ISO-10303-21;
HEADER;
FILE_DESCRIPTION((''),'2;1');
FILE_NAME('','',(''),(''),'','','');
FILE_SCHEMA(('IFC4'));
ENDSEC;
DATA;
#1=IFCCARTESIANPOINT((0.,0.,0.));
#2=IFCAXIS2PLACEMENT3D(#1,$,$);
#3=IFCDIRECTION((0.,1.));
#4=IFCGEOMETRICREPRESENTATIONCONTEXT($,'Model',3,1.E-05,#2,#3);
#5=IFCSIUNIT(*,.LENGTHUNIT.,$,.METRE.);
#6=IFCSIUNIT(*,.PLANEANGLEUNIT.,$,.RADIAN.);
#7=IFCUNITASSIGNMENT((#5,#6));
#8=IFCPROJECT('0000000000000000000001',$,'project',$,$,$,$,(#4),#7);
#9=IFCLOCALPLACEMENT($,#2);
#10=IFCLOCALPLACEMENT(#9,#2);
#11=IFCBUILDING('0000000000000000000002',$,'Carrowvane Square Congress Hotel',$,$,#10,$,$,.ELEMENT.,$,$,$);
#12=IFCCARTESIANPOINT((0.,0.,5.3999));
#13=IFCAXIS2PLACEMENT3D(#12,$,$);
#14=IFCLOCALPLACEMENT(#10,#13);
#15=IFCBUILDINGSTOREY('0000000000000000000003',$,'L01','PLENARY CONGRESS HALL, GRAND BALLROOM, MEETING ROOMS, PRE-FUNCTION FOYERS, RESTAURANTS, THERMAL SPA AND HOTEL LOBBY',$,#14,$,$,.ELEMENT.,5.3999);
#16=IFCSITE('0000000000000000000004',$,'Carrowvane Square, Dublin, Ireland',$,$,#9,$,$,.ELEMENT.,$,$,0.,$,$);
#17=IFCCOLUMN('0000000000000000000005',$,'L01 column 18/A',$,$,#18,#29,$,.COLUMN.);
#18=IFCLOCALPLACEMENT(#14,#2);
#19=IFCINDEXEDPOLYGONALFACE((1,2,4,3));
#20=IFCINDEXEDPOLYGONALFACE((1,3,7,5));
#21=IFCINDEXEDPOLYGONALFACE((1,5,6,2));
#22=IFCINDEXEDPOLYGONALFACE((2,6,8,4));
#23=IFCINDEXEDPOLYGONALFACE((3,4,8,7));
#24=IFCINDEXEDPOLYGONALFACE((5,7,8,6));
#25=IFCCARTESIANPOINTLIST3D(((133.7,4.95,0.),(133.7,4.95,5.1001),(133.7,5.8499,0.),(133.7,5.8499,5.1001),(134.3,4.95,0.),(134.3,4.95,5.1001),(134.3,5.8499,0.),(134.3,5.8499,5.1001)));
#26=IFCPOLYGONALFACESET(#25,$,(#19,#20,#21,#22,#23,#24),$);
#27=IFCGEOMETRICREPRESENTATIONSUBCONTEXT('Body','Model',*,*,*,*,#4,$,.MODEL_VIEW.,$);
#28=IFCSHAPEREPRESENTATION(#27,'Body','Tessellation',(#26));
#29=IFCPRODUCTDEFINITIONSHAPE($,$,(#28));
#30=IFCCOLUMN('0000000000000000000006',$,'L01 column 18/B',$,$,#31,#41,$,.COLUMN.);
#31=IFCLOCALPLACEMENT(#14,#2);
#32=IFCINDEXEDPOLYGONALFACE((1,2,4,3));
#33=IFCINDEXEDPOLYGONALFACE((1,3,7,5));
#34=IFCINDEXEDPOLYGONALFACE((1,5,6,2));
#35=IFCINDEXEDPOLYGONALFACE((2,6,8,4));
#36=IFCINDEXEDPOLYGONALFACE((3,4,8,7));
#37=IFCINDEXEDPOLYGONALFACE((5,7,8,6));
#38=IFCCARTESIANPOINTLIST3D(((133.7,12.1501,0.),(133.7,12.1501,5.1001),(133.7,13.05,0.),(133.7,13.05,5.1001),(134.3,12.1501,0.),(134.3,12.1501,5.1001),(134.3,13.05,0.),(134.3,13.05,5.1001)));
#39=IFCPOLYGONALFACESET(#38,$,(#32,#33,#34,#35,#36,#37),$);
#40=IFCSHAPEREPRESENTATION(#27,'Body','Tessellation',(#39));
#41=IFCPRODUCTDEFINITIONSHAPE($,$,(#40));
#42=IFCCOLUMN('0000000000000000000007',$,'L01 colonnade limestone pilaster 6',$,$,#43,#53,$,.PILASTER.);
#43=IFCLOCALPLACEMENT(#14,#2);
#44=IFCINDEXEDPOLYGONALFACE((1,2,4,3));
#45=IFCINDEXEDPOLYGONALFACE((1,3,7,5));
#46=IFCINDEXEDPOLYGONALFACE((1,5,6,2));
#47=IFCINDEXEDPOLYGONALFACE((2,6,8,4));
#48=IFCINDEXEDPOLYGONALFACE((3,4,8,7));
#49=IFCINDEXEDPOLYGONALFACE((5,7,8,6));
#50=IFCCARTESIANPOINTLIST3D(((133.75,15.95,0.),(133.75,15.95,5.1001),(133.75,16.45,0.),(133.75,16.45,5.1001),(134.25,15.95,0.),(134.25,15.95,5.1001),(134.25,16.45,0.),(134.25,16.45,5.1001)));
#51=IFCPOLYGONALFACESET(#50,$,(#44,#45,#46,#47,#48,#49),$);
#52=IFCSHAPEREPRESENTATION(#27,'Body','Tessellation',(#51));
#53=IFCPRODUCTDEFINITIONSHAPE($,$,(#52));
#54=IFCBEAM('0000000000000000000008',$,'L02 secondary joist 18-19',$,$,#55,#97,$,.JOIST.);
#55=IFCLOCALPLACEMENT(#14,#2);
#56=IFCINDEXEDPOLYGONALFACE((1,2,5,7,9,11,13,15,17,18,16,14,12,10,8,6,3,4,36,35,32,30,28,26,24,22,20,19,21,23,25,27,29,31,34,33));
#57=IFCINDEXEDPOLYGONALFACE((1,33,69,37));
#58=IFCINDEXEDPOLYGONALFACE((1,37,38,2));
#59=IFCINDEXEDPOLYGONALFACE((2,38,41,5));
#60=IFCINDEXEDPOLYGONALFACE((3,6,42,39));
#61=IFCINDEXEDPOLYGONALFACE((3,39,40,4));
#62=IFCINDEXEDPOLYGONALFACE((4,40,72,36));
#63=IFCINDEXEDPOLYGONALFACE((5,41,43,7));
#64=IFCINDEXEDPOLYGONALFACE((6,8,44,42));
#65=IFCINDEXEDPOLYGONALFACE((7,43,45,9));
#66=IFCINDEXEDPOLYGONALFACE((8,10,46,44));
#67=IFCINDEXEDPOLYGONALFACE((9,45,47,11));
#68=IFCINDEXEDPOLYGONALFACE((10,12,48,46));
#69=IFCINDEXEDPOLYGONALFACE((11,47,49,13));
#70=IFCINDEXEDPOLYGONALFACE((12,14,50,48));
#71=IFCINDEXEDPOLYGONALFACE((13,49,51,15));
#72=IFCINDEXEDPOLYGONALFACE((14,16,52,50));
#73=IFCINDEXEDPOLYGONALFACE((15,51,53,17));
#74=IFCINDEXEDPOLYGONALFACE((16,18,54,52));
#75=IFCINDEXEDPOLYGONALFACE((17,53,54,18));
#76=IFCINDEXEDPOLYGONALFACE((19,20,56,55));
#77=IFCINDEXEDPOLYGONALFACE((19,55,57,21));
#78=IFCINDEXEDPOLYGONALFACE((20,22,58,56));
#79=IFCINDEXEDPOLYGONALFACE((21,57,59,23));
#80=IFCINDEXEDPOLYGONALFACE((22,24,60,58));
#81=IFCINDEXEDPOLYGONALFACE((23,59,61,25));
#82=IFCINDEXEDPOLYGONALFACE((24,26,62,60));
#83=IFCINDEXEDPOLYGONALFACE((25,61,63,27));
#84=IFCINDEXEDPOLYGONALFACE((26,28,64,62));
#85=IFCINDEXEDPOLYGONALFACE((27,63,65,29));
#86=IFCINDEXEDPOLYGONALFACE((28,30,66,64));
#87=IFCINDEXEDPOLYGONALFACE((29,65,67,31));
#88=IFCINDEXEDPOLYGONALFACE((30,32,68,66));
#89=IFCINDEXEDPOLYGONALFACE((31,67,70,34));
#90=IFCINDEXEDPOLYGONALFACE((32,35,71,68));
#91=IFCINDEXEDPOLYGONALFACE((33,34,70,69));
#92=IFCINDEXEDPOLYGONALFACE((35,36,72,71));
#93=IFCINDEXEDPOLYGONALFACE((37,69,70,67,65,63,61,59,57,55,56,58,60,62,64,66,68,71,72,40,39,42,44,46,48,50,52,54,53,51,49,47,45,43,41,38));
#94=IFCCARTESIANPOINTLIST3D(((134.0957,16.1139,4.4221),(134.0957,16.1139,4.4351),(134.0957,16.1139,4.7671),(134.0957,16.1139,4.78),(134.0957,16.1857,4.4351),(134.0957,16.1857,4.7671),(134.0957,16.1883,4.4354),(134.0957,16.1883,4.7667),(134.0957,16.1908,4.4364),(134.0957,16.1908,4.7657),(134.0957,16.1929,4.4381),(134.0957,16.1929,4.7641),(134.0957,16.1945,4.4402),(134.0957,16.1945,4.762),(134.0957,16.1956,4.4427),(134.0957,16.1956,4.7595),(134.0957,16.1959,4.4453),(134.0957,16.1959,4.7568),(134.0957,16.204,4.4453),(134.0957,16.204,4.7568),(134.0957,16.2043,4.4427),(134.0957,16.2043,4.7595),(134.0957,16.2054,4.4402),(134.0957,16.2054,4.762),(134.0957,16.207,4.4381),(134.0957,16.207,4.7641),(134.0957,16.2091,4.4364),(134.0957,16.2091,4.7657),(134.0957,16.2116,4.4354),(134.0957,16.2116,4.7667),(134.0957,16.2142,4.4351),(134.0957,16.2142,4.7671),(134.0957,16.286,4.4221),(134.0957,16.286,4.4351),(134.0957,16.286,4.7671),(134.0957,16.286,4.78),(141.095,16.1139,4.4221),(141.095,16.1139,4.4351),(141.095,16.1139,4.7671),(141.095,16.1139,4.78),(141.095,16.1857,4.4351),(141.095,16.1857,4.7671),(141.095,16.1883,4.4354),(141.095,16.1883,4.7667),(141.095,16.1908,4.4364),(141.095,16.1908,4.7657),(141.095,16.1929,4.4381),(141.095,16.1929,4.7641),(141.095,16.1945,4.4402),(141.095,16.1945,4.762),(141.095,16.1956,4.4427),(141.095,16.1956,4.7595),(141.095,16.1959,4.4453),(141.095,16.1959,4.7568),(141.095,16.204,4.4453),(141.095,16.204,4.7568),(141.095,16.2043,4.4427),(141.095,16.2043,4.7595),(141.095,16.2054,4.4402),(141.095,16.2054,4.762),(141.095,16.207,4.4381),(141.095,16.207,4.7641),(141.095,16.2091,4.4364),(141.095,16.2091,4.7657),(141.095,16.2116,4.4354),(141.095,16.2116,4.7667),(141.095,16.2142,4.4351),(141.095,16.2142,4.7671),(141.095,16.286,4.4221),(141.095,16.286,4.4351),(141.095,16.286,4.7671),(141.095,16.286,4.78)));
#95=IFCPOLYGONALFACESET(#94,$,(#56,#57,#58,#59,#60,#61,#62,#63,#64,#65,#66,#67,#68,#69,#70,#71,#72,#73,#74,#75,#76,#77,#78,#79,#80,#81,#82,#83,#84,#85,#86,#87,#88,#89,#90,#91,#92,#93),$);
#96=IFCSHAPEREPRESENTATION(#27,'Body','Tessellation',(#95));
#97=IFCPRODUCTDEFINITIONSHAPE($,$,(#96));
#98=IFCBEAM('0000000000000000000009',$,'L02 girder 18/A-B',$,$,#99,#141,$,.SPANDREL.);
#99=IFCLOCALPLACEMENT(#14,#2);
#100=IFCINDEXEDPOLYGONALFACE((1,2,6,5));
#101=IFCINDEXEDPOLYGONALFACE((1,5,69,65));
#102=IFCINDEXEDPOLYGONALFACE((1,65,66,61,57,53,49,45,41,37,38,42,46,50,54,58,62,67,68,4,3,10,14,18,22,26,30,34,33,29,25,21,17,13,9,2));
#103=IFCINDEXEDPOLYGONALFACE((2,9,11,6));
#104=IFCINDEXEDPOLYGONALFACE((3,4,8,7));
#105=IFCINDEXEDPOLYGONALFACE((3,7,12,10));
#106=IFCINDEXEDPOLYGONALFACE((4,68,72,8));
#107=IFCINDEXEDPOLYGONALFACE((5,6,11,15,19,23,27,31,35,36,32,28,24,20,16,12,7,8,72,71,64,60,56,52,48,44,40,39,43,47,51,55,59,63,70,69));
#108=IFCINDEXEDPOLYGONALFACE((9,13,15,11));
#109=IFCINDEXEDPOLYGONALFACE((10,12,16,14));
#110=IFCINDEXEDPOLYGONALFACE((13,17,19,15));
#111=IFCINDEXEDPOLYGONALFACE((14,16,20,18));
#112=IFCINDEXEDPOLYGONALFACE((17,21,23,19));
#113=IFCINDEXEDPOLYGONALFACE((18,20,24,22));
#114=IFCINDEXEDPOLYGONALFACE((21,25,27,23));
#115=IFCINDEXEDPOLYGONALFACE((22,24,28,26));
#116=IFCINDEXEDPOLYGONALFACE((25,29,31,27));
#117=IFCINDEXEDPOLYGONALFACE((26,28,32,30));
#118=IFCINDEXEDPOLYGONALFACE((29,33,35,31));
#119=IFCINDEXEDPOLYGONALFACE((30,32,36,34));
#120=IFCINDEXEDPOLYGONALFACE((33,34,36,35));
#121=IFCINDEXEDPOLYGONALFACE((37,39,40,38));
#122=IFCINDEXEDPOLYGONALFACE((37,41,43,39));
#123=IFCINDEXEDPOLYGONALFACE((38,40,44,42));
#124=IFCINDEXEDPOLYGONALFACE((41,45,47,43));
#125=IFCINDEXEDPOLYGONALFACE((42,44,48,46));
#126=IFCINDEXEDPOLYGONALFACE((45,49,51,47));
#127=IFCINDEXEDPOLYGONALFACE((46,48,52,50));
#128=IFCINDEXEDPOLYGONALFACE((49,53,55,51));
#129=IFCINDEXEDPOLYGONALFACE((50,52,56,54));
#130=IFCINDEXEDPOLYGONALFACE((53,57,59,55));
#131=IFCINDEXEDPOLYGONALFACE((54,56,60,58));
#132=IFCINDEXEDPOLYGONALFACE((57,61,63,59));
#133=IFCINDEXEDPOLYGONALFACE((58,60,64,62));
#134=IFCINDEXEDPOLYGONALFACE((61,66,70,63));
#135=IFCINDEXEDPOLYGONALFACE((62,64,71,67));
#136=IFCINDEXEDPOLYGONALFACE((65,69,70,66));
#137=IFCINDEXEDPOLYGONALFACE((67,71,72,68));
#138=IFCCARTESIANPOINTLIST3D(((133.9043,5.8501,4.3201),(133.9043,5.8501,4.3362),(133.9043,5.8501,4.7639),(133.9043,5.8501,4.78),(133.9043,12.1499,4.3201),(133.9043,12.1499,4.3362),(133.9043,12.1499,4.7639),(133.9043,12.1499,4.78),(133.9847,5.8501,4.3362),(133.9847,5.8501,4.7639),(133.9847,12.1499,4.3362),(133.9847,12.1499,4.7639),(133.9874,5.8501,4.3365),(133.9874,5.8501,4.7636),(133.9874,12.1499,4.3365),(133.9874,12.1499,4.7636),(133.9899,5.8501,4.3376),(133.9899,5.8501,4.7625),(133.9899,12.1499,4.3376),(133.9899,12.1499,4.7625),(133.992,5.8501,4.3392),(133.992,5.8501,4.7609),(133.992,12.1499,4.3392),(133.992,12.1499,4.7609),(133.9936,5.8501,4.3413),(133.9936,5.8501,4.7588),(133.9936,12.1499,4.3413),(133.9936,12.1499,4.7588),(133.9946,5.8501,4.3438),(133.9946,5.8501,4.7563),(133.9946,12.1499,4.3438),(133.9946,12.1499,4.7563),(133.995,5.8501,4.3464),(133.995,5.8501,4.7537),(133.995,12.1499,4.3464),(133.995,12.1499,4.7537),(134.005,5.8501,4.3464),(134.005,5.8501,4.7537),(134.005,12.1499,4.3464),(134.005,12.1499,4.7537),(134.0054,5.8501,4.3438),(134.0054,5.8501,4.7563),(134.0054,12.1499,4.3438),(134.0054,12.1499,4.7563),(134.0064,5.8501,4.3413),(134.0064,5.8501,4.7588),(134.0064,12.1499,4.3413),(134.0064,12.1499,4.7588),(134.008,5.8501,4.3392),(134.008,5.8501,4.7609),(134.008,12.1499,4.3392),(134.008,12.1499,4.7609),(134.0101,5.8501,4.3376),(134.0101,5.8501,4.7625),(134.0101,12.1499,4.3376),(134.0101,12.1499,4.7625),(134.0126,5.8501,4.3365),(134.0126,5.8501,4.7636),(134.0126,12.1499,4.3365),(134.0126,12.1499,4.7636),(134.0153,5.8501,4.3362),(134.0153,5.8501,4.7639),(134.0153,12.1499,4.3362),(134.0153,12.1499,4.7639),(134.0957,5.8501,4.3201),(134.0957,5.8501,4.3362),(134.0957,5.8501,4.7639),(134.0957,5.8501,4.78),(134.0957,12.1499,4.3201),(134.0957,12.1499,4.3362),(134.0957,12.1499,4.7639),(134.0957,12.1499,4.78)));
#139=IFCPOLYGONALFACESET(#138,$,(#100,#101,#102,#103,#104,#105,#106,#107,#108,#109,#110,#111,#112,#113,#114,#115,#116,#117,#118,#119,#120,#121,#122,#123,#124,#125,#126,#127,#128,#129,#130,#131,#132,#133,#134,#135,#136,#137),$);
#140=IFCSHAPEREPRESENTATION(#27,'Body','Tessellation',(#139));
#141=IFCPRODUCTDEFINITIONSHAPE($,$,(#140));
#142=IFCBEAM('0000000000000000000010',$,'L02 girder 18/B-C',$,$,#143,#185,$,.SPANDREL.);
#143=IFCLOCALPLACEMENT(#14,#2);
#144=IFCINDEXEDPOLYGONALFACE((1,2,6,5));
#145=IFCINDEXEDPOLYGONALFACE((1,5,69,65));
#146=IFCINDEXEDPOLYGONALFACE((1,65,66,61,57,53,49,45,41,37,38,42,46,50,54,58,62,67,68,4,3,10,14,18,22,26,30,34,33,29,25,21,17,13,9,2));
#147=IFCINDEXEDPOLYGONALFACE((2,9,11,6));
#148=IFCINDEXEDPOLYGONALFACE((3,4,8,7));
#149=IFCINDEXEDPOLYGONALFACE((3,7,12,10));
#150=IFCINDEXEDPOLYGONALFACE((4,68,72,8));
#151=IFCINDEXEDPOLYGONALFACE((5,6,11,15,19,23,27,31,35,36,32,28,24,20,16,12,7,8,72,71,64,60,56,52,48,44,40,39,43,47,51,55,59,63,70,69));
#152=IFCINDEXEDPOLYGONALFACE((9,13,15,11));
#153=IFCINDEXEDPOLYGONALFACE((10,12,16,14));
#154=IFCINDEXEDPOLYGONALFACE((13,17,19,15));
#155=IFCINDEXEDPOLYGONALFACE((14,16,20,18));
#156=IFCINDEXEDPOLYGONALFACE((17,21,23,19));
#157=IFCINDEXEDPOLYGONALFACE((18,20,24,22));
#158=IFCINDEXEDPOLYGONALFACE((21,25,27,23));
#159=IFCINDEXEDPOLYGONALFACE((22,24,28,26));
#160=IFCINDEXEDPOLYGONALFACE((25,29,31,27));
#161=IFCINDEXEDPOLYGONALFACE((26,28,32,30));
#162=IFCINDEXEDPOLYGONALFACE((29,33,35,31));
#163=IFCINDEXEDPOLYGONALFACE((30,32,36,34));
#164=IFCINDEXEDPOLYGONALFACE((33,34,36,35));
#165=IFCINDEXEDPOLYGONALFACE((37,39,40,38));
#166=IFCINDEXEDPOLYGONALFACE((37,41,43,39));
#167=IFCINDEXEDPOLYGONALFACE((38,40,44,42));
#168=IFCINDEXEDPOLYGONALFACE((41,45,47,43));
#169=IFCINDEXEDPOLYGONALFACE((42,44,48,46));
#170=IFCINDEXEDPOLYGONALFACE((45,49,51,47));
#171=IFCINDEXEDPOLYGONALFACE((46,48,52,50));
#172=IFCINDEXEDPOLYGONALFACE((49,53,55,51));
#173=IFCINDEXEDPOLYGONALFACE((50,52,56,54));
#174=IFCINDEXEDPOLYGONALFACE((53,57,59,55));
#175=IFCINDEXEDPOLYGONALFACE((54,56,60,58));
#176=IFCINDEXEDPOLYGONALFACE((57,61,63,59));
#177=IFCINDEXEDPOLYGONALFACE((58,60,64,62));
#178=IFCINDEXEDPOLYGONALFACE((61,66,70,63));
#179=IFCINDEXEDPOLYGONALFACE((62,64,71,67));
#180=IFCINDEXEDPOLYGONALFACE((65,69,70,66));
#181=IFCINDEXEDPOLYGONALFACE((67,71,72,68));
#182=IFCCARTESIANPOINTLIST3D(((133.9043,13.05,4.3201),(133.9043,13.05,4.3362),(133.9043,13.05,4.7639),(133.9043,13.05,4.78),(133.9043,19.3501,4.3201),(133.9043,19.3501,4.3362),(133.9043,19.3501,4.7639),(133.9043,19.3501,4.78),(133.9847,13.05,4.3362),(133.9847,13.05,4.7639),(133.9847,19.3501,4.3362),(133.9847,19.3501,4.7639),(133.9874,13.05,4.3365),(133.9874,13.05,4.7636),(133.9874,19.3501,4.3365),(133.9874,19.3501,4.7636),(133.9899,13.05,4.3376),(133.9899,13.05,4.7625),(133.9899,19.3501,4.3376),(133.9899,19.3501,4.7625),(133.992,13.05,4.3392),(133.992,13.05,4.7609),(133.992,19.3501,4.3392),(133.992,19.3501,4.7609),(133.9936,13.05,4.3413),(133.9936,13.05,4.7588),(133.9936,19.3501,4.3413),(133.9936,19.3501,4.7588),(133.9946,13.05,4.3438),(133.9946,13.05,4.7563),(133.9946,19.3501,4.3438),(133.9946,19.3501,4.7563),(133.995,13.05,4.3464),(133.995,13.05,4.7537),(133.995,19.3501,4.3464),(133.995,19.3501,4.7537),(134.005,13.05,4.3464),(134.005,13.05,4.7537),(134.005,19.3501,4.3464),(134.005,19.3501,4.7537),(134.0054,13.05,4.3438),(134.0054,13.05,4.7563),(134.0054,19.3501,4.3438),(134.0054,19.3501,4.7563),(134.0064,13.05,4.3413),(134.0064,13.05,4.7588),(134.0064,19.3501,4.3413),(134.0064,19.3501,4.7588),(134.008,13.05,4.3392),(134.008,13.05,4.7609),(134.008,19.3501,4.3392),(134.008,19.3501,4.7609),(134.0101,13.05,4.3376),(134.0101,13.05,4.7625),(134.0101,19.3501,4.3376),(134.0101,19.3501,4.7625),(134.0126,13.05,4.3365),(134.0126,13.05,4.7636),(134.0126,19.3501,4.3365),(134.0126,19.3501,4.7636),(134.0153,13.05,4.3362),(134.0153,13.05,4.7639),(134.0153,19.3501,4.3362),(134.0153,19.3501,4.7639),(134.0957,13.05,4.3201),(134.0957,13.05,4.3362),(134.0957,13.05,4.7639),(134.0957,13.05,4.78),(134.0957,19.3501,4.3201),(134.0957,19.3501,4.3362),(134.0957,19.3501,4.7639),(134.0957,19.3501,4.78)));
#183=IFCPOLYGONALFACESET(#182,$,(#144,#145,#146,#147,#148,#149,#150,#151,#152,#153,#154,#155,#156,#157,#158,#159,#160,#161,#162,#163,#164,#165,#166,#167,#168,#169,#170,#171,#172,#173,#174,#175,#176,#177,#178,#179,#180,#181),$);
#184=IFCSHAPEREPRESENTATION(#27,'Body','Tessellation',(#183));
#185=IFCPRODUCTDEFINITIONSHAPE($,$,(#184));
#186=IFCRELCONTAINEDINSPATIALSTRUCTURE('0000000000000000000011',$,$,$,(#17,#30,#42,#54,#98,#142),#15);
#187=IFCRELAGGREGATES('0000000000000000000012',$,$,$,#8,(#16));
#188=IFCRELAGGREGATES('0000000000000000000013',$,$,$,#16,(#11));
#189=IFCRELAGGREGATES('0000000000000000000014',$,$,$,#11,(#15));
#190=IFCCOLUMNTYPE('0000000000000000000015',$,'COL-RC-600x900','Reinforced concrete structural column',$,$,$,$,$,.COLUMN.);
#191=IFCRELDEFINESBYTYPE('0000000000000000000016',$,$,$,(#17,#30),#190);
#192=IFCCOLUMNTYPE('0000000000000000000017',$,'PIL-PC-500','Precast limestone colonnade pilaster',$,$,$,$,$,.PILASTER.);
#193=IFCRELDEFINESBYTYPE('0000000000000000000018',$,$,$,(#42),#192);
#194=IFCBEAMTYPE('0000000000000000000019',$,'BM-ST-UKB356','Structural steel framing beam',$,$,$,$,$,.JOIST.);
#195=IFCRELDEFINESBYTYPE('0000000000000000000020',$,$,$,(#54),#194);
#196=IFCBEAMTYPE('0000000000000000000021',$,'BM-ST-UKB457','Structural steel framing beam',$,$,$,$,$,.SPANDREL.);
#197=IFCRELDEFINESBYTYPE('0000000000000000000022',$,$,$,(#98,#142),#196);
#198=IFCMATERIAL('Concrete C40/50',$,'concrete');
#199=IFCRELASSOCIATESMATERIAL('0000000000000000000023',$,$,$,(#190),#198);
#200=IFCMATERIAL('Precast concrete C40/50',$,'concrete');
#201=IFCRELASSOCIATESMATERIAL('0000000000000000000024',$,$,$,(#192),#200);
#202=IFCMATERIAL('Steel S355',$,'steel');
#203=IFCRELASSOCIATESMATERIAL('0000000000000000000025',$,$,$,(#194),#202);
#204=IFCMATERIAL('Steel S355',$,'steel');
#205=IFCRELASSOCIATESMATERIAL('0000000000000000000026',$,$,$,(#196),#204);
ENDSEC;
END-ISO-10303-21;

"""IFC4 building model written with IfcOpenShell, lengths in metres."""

from ifc_helpers import new_model, si_unit, direction, frame, origin, origin_2d, place, context, subcontext, project, spatial, rectangle, i_section, extrude, material, material_profile, profile_set, type_object, element, save


model = new_model("IFC4")

# Units and contexts
model_context = context("Model", 3, precision=1e-05, world=origin(), true_north=direction((0.0, 1.0)))
body_context = subcontext(model_context, "Body", "Model", "MODEL_VIEW")
ifc_project = project(units=[si_unit("LENGTHUNIT", "METRE"), si_unit("PLANEANGLEUNIT", "RADIAN")], contexts=[model_context])

# Site, building, storey
site_placement = place(None, origin())
site = spatial("IfcSite", under=ifc_project, at=site_placement, Name="Carrowvane Square, Dublin, Ireland", CompositionType="ELEMENT", RefElevation=0.0)
building_placement = place(site_placement, origin())
building = spatial("IfcBuilding", under=site, at=building_placement, Name="Carrowvane Square Congress Hotel", CompositionType="ELEMENT")
storey_placement = place(building_placement, frame((0.0, 0.0, 5.3999)))
storey = spatial("IfcBuildingStorey", under=building, at=storey_placement, Name="L01", Description="PLENARY CONGRESS HALL, GRAND BALLROOM, MEETING ROOMS, PRE-FUNCTION FOYERS, RESTAURANTS, THERMAL SPA AND HOTEL LOBBY", CompositionType="ELEMENT", Elevation=5.3999)

# Columns
ifc_material_1 = material(Name="Concrete C40/50", Category="concrete")
ifc_material_profile_1 = material_profile(ifc_material_1, rectangle(XDim=0.6001, YDim=0.8999, at=origin_2d()), Name="RC 600x900")
ifc_profile_set_1 = profile_set([ifc_material_profile_1], Name="Concrete C40/50")
column_type_1 = type_object("IfcColumnType", Name="COL-RC-600x900", Description="Reinforced concrete structural column", PredefinedType="COLUMN", material=ifc_profile_set_1)
for number, where, z_axis, x_axis, name in (
    (1, (134.0, 5.3999, 0.0), (0.0, 0.0, 1.0), (1.0, 0.0, 0.0), "L01 column 18/A"),
    (2, (134.0, 12.6001, 0.0), (0.0, 0.0, 1.0), (1.0, 0.0, 0.0), "L01 column 18/B"),
):
    element("IfcColumn", number, at=place(storey_placement, frame(where, z_axis=z_axis, x_axis=x_axis)), inside=storey, type_object=column_type_1, Name=name, PredefinedType="COLUMN", context=body_context, shape_type="SweptSolid", body=[
        extrude(rectangle(XDim=0.6001, YDim=0.8999, at=origin_2d()), origin(), (0.0, 0.0, 1.0), 5.1001),
    ])
ifc_material_2 = material(Name="Precast concrete C40/50", Category="concrete")
ifc_material_profile_2 = material_profile(ifc_material_2, rectangle(XDim=0.5, YDim=0.5, at=origin_2d()), Name="RC 500x500")
ifc_profile_set_2 = profile_set([ifc_material_profile_2], Name="Precast concrete C40/50")
column_type_2 = type_object("IfcColumnType", Name="PIL-PC-500", Description="Precast limestone colonnade pilaster", PredefinedType="PILASTER", material=ifc_profile_set_2)
column_placement = place(storey_placement, frame((134.0, 16.2, 0.0), z_axis=(0.0, 0.0, 1.0), x_axis=(1.0, 0.0, 0.0)))
element("IfcColumn", 3, at=column_placement, inside=storey, type_object=column_type_2, Name="L01 colonnade limestone pilaster 6", PredefinedType="PILASTER", context=body_context, shape_type="SweptSolid", body=[
    extrude(rectangle(XDim=0.5, YDim=0.5, at=origin_2d()), origin(), (0.0, 0.0, 1.0), 5.1001),
])

# Beams
ifc_material_3 = material(Name="Steel S355", Category="steel")
ifc_material_profile_3 = material_profile(ifc_material_3, i_section(OverallWidth=0.1721, OverallDepth=0.3579, WebThickness=0.0081, FlangeThickness=0.0129, FilletRadius=0.0103, at=origin_2d()), Name="UKB 356x171x57")
ifc_profile_set_3 = profile_set([ifc_material_profile_3], Name="Steel S355")
beam_type_1 = type_object("IfcBeamType", Name="BM-ST-UKB356", Description="Structural steel framing beam", PredefinedType="JOIST", material=ifc_profile_set_3)
beam_1_placement = place(storey_placement, frame((134.0957, 16.2, 4.6011), z_axis=(1.0, 0.0, 0.0), x_axis=(0.0, 1.0, 0.0)))
element("IfcBeam", 4, at=beam_1_placement, inside=storey, type_object=beam_type_1, Name="L02 secondary joist 18-19", PredefinedType="JOIST", context=body_context, shape_type="SweptSolid", body=[
    extrude(i_section(OverallWidth=0.1721, OverallDepth=0.3579, WebThickness=0.0081, FlangeThickness=0.0129, FilletRadius=0.0103, at=origin_2d()), origin(), (0.0, 0.0, 1.0), 6.9993),
])
ifc_material_4 = material(Name="Steel S355", Category="steel")
ifc_material_profile_4 = material_profile(ifc_material_4, i_section(OverallWidth=0.1914, OverallDepth=0.46, WebThickness=0.01, FlangeThickness=0.0161, FilletRadius=0.0103, at=origin_2d()), Name="UKB 457x191x82")
ifc_profile_set_4 = profile_set([ifc_material_profile_4], Name="Steel S355")
beam_type_2 = type_object("IfcBeamType", Name="BM-ST-UKB457", Description="Structural steel framing beam", PredefinedType="SPANDREL", material=ifc_profile_set_4)
beam_2_placement = place(storey_placement, frame((134.0, 5.8501, 4.55), z_axis=(0.0, 1.0, 0.0), x_axis=(-1.0, 0.0, 0.0)))
element("IfcBeam", 5, at=beam_2_placement, inside=storey, type_object=beam_type_2, Name="L02 girder 18/A-B", PredefinedType="SPANDREL", context=body_context, shape_type="SweptSolid", body=[
    extrude(i_section(OverallWidth=0.1914, OverallDepth=0.46, WebThickness=0.01, FlangeThickness=0.0161, FilletRadius=0.0103, at=origin_2d()), origin(), (0.0, 0.0, 1.0), 6.2998),
])
beam_3_placement = place(storey_placement, frame((134.0, 13.05, 4.55), z_axis=(0.0, 1.0, 0.0), x_axis=(-1.0, 0.0, 0.0)))
element("IfcBeam", 6, at=beam_3_placement, inside=storey, type_object=beam_type_2, Name="L02 girder 18/B-C", PredefinedType="SPANDREL", context=body_context, shape_type="SweptSolid", body=[
    extrude(i_section(OverallWidth=0.1914, OverallDepth=0.46, WebThickness=0.01, FlangeThickness=0.0161, FilletRadius=0.0103, at=origin_2d()), origin(), (0.0, 0.0, 1.0), 6.3),
])

save(model, "model.ifc")
